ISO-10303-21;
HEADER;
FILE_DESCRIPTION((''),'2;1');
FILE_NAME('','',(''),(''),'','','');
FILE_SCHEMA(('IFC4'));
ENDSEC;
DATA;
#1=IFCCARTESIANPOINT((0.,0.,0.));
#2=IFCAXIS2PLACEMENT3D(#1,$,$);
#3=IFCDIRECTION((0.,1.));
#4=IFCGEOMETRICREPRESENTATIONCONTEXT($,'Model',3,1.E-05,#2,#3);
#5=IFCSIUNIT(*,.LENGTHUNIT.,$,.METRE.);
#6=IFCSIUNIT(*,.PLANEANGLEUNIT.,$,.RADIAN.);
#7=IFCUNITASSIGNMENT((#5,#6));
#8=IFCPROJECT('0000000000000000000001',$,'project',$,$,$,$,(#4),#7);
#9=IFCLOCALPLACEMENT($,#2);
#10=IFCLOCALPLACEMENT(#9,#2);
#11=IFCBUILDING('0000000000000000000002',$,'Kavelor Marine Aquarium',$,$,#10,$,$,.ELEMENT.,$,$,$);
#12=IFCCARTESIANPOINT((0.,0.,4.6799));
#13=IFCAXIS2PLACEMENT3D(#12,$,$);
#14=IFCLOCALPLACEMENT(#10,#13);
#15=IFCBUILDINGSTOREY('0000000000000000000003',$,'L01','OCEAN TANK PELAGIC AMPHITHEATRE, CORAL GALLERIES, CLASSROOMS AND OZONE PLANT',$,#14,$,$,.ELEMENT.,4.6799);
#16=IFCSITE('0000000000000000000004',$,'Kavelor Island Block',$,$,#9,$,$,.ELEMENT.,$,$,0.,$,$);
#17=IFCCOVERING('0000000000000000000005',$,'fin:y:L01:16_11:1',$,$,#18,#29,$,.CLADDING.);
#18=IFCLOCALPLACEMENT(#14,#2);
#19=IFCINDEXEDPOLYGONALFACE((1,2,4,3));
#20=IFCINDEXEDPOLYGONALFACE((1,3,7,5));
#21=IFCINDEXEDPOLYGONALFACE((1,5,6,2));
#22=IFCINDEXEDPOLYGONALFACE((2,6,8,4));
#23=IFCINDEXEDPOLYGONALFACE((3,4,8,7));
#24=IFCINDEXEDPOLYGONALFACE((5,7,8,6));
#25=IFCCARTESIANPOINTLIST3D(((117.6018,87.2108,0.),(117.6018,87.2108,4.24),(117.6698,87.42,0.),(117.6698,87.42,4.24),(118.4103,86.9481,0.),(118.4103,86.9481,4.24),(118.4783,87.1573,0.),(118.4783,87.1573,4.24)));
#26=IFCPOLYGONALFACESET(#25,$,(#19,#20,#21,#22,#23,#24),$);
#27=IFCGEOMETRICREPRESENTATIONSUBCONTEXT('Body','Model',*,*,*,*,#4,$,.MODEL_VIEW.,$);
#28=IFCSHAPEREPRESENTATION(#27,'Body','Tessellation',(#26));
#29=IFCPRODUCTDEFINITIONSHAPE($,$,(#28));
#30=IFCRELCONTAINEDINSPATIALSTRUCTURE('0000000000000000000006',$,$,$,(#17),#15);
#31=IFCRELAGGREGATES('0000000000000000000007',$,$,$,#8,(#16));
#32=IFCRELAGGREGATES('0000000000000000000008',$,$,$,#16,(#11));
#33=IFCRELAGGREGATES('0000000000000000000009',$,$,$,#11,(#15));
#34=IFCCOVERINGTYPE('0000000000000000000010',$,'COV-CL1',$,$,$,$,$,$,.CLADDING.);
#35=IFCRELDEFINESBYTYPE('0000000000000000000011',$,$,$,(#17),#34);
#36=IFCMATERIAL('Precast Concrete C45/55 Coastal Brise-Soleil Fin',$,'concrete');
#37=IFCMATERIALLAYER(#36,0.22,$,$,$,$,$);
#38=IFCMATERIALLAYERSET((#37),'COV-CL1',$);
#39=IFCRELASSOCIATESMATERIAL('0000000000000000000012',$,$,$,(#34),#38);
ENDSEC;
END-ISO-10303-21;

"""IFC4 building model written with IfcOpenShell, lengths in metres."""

from ifc_helpers import new_model, si_unit, direction, frame, origin, origin_2d, place, context, subcontext, project, spatial, rectangle, extrude, material, layer, layer_set, type_object, element, save


model = new_model("IFC4")

# Units and contexts
model_context = context("Model", 3, precision=1e-05, world=origin(), true_north=direction((0.0, 1.0)))
body_context = subcontext(model_context, "Body", "Model", "MODEL_VIEW")
ifc_project = project(units=[si_unit("LENGTHUNIT", "METRE"), si_unit("PLANEANGLEUNIT", "RADIAN")], contexts=[model_context])

# Site, building, storey
site_placement = place(None, origin())
site = spatial("IfcSite", under=ifc_project, at=site_placement, Name="Kavelor Island Block", CompositionType="ELEMENT", RefElevation=0.0)
building_placement = place(site_placement, origin())
building = spatial("IfcBuilding", under=site, at=building_placement, Name="Kavelor Marine Aquarium", CompositionType="ELEMENT")
storey_placement = place(building_placement, frame((0.0, 0.0, 4.6799)))
storey = spatial("IfcBuildingStorey", under=building, at=storey_placement, Name="L01", Description="OCEAN TANK PELAGIC AMPHITHEATRE, CORAL GALLERIES, CLASSROOMS AND OZONE PLANT", CompositionType="ELEMENT", Elevation=4.6799)

# Covering
ifc_material_1 = material(Name="Precast Concrete C45/55 Coastal Brise-Soleil Fin", Category="concrete")
ifc_layer_1 = layer(ifc_material_1, 0.22)
ifc_layer_set_1 = layer_set([ifc_layer_1], Name="COV-CL1")
covering_type = type_object("IfcCoveringType", Name="COV-CL1", PredefinedType="CLADDING", material=ifc_layer_set_1)
for number, where, z_axis, x_axis, name in (
    (1, (118.04, 87.1841, 0.0), (0.0, 0.0, 1.0), (0.951057, -0.309017, 0.0), "fin:y:L01:16_11:1"),
):
    element("IfcCovering", number, at=place(storey_placement, frame(where, z_axis=z_axis, x_axis=x_axis)), inside=storey, type_object=covering_type, Name=name, PredefinedType="CLADDING", context=body_context, shape_type="SweptSolid", body=[
        extrude(rectangle(XDim=0.8501, YDim=0.22, at=origin_2d()), origin(), (0.0, 0.0, 1.0), 4.24),
    ])

save(model, "model.ifc")
